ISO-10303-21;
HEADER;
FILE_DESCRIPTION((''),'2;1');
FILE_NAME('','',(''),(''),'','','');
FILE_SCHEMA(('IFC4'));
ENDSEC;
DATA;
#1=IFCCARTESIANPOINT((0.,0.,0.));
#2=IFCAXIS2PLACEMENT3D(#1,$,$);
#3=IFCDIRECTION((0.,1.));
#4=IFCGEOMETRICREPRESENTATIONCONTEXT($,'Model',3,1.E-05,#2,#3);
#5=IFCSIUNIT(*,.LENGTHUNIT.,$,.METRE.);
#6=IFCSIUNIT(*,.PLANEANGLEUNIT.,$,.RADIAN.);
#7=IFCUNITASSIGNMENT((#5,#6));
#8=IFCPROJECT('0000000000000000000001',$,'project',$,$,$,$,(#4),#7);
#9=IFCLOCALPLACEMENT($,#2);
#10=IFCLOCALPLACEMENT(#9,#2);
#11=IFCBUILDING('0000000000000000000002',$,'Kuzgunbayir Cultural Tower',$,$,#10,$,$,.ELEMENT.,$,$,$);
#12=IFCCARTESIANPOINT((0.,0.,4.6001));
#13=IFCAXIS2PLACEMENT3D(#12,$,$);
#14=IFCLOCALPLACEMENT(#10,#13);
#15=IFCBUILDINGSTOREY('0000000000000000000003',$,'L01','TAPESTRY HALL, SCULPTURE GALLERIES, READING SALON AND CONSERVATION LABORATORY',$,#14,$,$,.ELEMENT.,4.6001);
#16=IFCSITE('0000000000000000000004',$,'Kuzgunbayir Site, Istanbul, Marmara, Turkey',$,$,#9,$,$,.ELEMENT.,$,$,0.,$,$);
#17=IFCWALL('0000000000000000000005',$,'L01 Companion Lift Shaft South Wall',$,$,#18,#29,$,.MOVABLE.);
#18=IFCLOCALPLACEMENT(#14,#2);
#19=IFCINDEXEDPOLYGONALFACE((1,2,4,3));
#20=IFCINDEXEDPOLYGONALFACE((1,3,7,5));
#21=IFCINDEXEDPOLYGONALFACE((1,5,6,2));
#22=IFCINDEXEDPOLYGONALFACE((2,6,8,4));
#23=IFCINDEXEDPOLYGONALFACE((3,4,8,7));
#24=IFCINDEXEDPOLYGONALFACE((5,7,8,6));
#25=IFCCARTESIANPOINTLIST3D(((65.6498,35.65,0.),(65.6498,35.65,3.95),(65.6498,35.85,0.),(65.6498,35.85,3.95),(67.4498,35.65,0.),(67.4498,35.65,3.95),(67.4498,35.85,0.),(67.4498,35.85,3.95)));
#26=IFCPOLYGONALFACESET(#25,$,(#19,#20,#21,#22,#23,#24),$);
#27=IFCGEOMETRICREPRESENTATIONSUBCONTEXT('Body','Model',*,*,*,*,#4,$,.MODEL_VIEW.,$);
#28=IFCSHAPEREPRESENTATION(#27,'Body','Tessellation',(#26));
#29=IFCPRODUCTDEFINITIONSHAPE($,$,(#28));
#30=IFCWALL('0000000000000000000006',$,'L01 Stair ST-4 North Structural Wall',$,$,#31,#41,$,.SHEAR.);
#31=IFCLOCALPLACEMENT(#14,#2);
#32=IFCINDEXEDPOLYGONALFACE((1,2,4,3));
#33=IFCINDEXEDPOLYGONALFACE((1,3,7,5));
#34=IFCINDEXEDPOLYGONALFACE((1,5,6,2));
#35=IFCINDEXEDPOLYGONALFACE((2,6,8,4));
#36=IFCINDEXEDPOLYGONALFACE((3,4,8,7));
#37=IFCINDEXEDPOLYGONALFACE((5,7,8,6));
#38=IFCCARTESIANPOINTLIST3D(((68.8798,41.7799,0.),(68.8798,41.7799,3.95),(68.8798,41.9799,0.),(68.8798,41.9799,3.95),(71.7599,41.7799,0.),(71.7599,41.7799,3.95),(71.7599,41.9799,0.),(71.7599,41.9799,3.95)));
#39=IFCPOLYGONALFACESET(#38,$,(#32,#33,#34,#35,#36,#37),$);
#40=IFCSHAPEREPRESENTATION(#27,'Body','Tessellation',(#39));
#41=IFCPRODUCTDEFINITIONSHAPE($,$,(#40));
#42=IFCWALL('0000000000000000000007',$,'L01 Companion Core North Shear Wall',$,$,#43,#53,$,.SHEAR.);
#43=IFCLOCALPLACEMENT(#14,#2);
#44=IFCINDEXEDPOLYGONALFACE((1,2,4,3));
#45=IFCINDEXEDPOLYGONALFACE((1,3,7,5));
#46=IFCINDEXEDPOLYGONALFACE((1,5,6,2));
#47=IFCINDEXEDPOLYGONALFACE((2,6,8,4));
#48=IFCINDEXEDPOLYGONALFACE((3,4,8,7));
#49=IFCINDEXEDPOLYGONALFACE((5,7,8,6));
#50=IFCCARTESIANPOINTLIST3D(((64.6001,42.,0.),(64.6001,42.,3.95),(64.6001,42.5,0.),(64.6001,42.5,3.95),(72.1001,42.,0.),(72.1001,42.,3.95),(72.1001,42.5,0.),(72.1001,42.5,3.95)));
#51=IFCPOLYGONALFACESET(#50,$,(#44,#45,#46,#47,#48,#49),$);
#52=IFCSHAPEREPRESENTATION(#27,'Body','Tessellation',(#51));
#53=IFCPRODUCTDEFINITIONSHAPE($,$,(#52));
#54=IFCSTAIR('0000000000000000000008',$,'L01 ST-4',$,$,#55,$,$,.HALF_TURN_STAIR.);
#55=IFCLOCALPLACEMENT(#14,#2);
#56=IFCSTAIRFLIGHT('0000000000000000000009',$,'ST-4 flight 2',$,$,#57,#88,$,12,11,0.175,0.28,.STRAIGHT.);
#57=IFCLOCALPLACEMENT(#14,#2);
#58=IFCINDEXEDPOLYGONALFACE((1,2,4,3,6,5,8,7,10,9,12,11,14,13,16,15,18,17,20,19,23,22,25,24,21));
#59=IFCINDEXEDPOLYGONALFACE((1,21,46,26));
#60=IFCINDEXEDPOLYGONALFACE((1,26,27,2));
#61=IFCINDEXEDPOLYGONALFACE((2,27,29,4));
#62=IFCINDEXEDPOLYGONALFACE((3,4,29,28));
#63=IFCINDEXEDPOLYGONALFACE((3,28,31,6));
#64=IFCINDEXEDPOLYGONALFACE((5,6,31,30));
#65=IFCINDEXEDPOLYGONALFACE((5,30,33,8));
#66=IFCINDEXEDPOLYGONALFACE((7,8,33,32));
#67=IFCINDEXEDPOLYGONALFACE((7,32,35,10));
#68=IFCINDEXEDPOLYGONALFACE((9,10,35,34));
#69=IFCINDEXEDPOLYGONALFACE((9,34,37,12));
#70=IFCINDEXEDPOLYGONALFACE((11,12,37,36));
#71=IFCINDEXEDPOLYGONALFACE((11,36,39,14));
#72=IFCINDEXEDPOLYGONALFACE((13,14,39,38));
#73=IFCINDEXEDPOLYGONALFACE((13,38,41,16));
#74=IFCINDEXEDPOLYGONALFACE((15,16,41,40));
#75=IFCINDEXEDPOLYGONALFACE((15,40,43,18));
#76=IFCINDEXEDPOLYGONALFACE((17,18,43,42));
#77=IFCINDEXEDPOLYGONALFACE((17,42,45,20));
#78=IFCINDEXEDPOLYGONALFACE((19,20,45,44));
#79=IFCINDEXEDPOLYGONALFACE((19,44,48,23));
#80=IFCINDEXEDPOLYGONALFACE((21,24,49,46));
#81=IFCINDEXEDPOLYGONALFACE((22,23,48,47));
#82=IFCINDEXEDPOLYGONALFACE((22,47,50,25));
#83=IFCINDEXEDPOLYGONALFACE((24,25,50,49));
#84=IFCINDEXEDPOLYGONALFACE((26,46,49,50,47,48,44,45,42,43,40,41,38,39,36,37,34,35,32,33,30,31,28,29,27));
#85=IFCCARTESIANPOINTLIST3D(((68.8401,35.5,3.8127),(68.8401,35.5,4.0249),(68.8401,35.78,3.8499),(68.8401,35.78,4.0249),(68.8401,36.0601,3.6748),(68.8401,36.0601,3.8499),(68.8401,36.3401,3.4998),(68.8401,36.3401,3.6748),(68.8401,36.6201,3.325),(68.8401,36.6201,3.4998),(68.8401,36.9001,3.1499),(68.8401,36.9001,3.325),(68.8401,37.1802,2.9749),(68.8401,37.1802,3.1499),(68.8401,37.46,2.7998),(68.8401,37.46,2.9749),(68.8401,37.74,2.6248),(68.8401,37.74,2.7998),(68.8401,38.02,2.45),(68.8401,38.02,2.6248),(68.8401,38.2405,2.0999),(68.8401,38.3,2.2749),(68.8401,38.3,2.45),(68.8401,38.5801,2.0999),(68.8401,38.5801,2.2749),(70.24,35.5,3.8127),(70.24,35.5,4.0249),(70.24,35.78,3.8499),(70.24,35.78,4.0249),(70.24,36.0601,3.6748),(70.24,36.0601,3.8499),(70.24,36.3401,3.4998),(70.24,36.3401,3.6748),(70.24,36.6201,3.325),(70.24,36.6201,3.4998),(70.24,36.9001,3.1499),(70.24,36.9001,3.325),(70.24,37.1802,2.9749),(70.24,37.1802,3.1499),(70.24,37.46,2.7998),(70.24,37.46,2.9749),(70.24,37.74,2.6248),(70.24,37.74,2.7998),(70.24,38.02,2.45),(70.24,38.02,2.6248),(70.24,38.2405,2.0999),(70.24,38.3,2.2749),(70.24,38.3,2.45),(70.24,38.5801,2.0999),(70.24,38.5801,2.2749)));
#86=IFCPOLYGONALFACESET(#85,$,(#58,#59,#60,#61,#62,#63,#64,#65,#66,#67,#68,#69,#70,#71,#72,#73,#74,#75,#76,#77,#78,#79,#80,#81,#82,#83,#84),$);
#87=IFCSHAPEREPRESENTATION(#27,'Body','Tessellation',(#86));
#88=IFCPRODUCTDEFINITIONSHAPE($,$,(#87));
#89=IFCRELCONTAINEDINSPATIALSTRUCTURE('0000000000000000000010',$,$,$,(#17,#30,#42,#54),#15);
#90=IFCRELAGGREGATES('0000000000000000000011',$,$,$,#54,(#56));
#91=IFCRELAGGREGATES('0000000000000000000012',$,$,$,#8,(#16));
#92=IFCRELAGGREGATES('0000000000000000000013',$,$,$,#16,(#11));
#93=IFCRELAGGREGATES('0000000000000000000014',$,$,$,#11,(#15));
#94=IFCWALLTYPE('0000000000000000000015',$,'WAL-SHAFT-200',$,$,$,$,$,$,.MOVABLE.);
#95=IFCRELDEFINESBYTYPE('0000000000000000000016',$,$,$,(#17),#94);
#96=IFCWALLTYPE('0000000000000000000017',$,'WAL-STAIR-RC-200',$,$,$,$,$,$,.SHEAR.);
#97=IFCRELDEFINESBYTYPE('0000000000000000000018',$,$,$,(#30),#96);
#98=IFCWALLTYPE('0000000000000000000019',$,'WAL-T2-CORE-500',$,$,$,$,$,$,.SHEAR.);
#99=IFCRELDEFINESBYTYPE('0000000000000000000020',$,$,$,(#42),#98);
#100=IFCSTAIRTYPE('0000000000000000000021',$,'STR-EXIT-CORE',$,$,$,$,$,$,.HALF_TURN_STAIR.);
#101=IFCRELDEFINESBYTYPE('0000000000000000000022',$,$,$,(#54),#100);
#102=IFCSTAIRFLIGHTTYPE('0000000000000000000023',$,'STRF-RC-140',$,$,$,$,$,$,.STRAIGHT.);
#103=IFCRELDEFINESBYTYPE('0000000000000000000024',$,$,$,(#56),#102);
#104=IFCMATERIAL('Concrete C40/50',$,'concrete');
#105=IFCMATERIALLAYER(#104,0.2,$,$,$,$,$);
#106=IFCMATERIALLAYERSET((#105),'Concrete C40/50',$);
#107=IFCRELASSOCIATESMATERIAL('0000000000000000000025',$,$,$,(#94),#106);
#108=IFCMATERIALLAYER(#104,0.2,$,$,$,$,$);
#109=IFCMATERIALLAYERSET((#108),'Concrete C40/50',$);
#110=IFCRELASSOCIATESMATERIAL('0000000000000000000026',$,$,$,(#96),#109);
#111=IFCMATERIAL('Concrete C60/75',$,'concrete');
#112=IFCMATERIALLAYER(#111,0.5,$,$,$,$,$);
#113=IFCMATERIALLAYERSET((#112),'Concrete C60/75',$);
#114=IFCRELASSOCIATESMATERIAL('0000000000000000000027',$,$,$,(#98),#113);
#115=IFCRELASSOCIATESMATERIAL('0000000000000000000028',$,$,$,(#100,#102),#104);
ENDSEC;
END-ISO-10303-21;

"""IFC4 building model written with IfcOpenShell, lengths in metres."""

from ifc_helpers import new_model, si_unit, direction, frame, frame_2d, origin, place, context, subcontext, project, spatial, polyline, rectangle, outline, extrude, material, layer, layer_set, type_object, element, aggregate, save


model = new_model("IFC4")

# Units and contexts
model_context = context("Model", 3, precision=1e-05, world=origin(), true_north=direction((0.0, 1.0)))
body_context = subcontext(model_context, "Body", "Model", "MODEL_VIEW")
ifc_project = project(units=[si_unit("LENGTHUNIT", "METRE"), si_unit("PLANEANGLEUNIT", "RADIAN")], contexts=[model_context])

# Site, building, storey
site_placement = place(None, origin())
site = spatial("IfcSite", under=ifc_project, at=site_placement, Name="Kuzgunbayir Site, Istanbul, Marmara, Turkey", CompositionType="ELEMENT", RefElevation=0.0)
building_placement = place(site_placement, origin())
building = spatial("IfcBuilding", under=site, at=building_placement, Name="Kuzgunbayir Cultural Tower", CompositionType="ELEMENT")
storey_placement = place(building_placement, frame((0.0, 0.0, 4.6001)))
storey = spatial("IfcBuildingStorey", under=building, at=storey_placement, Name="L01", Description="TAPESTRY HALL, SCULPTURE GALLERIES, READING SALON AND CONSERVATION LABORATORY", CompositionType="ELEMENT", Elevation=4.6001)

# Shared definitions
ifc_material_1 = material(Name="Concrete C60/75", Category="concrete")

# Shared definitions
ifc_material_2 = material(Name="Concrete C40/50", Category="concrete")
ifc_layer_1 = layer(ifc_material_2, 0.2)
ifc_layer_set_1 = layer_set([ifc_layer_1], Name="Concrete C40/50")
wall_type_1 = type_object("IfcWallType", Name="WAL-SHAFT-200", PredefinedType="MOVABLE", material=ifc_layer_set_1)

# Walls
wall_1_placement = place(storey_placement, frame((65.6499, 35.75, 0.0), z_axis=(0.0, 0.0, 1.0), x_axis=(1.0, 0.0, 0.0)))
element("IfcWall", 1, at=wall_1_placement, inside=storey, type_object=wall_type_1, Name="L01 Companion Lift Shaft South Wall", PredefinedType="MOVABLE", context=body_context, shape_type="SweptSolid", body=[
    extrude(rectangle(XDim=1.8, YDim=0.2, at=frame_2d((0.8999, 0.0))), origin(), (0.0, 0.0, 1.0), 3.95),
])
ifc_layer_2 = layer(ifc_material_2, 0.2)
ifc_layer_set_2 = layer_set([ifc_layer_2], Name="Concrete C40/50")
wall_type_2 = type_object("IfcWallType", Name="WAL-STAIR-RC-200", PredefinedType="SHEAR", material=ifc_layer_set_2)
wall_2_placement = place(storey_placement, frame((68.8799, 41.8799, 0.0), z_axis=(0.0, 0.0, 1.0), x_axis=(1.0, 0.0, 0.0)))
element("IfcWall", 2, at=wall_2_placement, inside=storey, type_object=wall_type_2, Name="L01 Stair ST-4 North Structural Wall", PredefinedType="SHEAR", context=body_context, shape_type="SweptSolid", body=[
    extrude(rectangle(XDim=2.8801, YDim=0.2, at=frame_2d((1.4399, 0.0))), origin(), (0.0, 0.0, 1.0), 3.95),
])
ifc_layer_3 = layer(ifc_material_1, 0.5)
ifc_layer_set_3 = layer_set([ifc_layer_3], Name="Concrete C60/75")
wall_type_3 = type_object("IfcWallType", Name="WAL-T2-CORE-500", PredefinedType="SHEAR", material=ifc_layer_set_3)
wall_3_placement = place(storey_placement, frame((64.6001, 42.25, 0.0), z_axis=(0.0, 0.0, 1.0), x_axis=(1.0, 0.0, 0.0)))
element("IfcWall", 3, at=wall_3_placement, inside=storey, type_object=wall_type_3, Name="L01 Companion Core North Shear Wall", PredefinedType="SHEAR", context=body_context, shape_type="SweptSolid", body=[
    extrude(rectangle(XDim=7.5, YDim=0.5, at=frame_2d((3.75, 0.0))), origin(), (0.0, 0.0, 1.0), 3.95),
])

# Stair, stair flight
stair_type = type_object("IfcStairType", Name="STR-EXIT-CORE", PredefinedType="HALF_TURN_STAIR", material=ifc_material_2)
stair_placement = place(storey_placement, origin())
stair = element("IfcStair", 4, at=stair_placement, inside=storey, type_object=stair_type, Name="L01 ST-4", PredefinedType="HALF_TURN_STAIR")
stair_flight_type = type_object("IfcStairFlightType", Name="STRF-RC-140", PredefinedType="STRAIGHT", material=ifc_material_2)
stair_flight_placement = place(storey_placement, frame((69.54, 38.5801, 2.0999), z_axis=(0.0, 0.0, 1.0), x_axis=(0.0, -1.0, 0.0)))
stair_flight = element("IfcStairFlight", 5, at=stair_flight_placement, type_object=stair_flight_type, Name="ST-4 flight 2", NumberOfRisers=12, NumberOfTreads=11, PredefinedType="STRAIGHT", RiserHeight=0.175, TreadLength=0.28, context=body_context, shape_type="SweptSolid", body=[
    extrude(outline(polyline([(0.0, 0.0), (0.0, 0.175), (0.28, 0.175), (0.28, 0.3501), (0.5601, 0.3501), (0.5601, 0.5249), (0.8401, 0.5249), (0.8401, 0.7), (1.1201, 0.7), (1.1201, 0.875), (1.3999, 0.875), (1.3999, 1.05), (1.6799, 1.05), (1.6799, 1.2251), (1.96, 1.2251), (1.96, 1.3999), (2.24, 1.3999), (2.24, 1.575), (2.52, 1.575), (2.52, 1.75), (2.8, 1.75), (2.8, 1.925), (3.0801, 1.925), (3.0801, 2.1001), (3.0801, 1.7129), (0.3396, 0.0), (0.0, 0.0)])), frame((0.0, 0.7, 0.0), z_axis=(0.0, -1.0, 0.0), x_axis=(1.0, 0.0, 0.0)), (0.0, 0.0, 1.0), 1.3999),
])
aggregate(stair, [stair_flight])

save(model, "model.ifc")
